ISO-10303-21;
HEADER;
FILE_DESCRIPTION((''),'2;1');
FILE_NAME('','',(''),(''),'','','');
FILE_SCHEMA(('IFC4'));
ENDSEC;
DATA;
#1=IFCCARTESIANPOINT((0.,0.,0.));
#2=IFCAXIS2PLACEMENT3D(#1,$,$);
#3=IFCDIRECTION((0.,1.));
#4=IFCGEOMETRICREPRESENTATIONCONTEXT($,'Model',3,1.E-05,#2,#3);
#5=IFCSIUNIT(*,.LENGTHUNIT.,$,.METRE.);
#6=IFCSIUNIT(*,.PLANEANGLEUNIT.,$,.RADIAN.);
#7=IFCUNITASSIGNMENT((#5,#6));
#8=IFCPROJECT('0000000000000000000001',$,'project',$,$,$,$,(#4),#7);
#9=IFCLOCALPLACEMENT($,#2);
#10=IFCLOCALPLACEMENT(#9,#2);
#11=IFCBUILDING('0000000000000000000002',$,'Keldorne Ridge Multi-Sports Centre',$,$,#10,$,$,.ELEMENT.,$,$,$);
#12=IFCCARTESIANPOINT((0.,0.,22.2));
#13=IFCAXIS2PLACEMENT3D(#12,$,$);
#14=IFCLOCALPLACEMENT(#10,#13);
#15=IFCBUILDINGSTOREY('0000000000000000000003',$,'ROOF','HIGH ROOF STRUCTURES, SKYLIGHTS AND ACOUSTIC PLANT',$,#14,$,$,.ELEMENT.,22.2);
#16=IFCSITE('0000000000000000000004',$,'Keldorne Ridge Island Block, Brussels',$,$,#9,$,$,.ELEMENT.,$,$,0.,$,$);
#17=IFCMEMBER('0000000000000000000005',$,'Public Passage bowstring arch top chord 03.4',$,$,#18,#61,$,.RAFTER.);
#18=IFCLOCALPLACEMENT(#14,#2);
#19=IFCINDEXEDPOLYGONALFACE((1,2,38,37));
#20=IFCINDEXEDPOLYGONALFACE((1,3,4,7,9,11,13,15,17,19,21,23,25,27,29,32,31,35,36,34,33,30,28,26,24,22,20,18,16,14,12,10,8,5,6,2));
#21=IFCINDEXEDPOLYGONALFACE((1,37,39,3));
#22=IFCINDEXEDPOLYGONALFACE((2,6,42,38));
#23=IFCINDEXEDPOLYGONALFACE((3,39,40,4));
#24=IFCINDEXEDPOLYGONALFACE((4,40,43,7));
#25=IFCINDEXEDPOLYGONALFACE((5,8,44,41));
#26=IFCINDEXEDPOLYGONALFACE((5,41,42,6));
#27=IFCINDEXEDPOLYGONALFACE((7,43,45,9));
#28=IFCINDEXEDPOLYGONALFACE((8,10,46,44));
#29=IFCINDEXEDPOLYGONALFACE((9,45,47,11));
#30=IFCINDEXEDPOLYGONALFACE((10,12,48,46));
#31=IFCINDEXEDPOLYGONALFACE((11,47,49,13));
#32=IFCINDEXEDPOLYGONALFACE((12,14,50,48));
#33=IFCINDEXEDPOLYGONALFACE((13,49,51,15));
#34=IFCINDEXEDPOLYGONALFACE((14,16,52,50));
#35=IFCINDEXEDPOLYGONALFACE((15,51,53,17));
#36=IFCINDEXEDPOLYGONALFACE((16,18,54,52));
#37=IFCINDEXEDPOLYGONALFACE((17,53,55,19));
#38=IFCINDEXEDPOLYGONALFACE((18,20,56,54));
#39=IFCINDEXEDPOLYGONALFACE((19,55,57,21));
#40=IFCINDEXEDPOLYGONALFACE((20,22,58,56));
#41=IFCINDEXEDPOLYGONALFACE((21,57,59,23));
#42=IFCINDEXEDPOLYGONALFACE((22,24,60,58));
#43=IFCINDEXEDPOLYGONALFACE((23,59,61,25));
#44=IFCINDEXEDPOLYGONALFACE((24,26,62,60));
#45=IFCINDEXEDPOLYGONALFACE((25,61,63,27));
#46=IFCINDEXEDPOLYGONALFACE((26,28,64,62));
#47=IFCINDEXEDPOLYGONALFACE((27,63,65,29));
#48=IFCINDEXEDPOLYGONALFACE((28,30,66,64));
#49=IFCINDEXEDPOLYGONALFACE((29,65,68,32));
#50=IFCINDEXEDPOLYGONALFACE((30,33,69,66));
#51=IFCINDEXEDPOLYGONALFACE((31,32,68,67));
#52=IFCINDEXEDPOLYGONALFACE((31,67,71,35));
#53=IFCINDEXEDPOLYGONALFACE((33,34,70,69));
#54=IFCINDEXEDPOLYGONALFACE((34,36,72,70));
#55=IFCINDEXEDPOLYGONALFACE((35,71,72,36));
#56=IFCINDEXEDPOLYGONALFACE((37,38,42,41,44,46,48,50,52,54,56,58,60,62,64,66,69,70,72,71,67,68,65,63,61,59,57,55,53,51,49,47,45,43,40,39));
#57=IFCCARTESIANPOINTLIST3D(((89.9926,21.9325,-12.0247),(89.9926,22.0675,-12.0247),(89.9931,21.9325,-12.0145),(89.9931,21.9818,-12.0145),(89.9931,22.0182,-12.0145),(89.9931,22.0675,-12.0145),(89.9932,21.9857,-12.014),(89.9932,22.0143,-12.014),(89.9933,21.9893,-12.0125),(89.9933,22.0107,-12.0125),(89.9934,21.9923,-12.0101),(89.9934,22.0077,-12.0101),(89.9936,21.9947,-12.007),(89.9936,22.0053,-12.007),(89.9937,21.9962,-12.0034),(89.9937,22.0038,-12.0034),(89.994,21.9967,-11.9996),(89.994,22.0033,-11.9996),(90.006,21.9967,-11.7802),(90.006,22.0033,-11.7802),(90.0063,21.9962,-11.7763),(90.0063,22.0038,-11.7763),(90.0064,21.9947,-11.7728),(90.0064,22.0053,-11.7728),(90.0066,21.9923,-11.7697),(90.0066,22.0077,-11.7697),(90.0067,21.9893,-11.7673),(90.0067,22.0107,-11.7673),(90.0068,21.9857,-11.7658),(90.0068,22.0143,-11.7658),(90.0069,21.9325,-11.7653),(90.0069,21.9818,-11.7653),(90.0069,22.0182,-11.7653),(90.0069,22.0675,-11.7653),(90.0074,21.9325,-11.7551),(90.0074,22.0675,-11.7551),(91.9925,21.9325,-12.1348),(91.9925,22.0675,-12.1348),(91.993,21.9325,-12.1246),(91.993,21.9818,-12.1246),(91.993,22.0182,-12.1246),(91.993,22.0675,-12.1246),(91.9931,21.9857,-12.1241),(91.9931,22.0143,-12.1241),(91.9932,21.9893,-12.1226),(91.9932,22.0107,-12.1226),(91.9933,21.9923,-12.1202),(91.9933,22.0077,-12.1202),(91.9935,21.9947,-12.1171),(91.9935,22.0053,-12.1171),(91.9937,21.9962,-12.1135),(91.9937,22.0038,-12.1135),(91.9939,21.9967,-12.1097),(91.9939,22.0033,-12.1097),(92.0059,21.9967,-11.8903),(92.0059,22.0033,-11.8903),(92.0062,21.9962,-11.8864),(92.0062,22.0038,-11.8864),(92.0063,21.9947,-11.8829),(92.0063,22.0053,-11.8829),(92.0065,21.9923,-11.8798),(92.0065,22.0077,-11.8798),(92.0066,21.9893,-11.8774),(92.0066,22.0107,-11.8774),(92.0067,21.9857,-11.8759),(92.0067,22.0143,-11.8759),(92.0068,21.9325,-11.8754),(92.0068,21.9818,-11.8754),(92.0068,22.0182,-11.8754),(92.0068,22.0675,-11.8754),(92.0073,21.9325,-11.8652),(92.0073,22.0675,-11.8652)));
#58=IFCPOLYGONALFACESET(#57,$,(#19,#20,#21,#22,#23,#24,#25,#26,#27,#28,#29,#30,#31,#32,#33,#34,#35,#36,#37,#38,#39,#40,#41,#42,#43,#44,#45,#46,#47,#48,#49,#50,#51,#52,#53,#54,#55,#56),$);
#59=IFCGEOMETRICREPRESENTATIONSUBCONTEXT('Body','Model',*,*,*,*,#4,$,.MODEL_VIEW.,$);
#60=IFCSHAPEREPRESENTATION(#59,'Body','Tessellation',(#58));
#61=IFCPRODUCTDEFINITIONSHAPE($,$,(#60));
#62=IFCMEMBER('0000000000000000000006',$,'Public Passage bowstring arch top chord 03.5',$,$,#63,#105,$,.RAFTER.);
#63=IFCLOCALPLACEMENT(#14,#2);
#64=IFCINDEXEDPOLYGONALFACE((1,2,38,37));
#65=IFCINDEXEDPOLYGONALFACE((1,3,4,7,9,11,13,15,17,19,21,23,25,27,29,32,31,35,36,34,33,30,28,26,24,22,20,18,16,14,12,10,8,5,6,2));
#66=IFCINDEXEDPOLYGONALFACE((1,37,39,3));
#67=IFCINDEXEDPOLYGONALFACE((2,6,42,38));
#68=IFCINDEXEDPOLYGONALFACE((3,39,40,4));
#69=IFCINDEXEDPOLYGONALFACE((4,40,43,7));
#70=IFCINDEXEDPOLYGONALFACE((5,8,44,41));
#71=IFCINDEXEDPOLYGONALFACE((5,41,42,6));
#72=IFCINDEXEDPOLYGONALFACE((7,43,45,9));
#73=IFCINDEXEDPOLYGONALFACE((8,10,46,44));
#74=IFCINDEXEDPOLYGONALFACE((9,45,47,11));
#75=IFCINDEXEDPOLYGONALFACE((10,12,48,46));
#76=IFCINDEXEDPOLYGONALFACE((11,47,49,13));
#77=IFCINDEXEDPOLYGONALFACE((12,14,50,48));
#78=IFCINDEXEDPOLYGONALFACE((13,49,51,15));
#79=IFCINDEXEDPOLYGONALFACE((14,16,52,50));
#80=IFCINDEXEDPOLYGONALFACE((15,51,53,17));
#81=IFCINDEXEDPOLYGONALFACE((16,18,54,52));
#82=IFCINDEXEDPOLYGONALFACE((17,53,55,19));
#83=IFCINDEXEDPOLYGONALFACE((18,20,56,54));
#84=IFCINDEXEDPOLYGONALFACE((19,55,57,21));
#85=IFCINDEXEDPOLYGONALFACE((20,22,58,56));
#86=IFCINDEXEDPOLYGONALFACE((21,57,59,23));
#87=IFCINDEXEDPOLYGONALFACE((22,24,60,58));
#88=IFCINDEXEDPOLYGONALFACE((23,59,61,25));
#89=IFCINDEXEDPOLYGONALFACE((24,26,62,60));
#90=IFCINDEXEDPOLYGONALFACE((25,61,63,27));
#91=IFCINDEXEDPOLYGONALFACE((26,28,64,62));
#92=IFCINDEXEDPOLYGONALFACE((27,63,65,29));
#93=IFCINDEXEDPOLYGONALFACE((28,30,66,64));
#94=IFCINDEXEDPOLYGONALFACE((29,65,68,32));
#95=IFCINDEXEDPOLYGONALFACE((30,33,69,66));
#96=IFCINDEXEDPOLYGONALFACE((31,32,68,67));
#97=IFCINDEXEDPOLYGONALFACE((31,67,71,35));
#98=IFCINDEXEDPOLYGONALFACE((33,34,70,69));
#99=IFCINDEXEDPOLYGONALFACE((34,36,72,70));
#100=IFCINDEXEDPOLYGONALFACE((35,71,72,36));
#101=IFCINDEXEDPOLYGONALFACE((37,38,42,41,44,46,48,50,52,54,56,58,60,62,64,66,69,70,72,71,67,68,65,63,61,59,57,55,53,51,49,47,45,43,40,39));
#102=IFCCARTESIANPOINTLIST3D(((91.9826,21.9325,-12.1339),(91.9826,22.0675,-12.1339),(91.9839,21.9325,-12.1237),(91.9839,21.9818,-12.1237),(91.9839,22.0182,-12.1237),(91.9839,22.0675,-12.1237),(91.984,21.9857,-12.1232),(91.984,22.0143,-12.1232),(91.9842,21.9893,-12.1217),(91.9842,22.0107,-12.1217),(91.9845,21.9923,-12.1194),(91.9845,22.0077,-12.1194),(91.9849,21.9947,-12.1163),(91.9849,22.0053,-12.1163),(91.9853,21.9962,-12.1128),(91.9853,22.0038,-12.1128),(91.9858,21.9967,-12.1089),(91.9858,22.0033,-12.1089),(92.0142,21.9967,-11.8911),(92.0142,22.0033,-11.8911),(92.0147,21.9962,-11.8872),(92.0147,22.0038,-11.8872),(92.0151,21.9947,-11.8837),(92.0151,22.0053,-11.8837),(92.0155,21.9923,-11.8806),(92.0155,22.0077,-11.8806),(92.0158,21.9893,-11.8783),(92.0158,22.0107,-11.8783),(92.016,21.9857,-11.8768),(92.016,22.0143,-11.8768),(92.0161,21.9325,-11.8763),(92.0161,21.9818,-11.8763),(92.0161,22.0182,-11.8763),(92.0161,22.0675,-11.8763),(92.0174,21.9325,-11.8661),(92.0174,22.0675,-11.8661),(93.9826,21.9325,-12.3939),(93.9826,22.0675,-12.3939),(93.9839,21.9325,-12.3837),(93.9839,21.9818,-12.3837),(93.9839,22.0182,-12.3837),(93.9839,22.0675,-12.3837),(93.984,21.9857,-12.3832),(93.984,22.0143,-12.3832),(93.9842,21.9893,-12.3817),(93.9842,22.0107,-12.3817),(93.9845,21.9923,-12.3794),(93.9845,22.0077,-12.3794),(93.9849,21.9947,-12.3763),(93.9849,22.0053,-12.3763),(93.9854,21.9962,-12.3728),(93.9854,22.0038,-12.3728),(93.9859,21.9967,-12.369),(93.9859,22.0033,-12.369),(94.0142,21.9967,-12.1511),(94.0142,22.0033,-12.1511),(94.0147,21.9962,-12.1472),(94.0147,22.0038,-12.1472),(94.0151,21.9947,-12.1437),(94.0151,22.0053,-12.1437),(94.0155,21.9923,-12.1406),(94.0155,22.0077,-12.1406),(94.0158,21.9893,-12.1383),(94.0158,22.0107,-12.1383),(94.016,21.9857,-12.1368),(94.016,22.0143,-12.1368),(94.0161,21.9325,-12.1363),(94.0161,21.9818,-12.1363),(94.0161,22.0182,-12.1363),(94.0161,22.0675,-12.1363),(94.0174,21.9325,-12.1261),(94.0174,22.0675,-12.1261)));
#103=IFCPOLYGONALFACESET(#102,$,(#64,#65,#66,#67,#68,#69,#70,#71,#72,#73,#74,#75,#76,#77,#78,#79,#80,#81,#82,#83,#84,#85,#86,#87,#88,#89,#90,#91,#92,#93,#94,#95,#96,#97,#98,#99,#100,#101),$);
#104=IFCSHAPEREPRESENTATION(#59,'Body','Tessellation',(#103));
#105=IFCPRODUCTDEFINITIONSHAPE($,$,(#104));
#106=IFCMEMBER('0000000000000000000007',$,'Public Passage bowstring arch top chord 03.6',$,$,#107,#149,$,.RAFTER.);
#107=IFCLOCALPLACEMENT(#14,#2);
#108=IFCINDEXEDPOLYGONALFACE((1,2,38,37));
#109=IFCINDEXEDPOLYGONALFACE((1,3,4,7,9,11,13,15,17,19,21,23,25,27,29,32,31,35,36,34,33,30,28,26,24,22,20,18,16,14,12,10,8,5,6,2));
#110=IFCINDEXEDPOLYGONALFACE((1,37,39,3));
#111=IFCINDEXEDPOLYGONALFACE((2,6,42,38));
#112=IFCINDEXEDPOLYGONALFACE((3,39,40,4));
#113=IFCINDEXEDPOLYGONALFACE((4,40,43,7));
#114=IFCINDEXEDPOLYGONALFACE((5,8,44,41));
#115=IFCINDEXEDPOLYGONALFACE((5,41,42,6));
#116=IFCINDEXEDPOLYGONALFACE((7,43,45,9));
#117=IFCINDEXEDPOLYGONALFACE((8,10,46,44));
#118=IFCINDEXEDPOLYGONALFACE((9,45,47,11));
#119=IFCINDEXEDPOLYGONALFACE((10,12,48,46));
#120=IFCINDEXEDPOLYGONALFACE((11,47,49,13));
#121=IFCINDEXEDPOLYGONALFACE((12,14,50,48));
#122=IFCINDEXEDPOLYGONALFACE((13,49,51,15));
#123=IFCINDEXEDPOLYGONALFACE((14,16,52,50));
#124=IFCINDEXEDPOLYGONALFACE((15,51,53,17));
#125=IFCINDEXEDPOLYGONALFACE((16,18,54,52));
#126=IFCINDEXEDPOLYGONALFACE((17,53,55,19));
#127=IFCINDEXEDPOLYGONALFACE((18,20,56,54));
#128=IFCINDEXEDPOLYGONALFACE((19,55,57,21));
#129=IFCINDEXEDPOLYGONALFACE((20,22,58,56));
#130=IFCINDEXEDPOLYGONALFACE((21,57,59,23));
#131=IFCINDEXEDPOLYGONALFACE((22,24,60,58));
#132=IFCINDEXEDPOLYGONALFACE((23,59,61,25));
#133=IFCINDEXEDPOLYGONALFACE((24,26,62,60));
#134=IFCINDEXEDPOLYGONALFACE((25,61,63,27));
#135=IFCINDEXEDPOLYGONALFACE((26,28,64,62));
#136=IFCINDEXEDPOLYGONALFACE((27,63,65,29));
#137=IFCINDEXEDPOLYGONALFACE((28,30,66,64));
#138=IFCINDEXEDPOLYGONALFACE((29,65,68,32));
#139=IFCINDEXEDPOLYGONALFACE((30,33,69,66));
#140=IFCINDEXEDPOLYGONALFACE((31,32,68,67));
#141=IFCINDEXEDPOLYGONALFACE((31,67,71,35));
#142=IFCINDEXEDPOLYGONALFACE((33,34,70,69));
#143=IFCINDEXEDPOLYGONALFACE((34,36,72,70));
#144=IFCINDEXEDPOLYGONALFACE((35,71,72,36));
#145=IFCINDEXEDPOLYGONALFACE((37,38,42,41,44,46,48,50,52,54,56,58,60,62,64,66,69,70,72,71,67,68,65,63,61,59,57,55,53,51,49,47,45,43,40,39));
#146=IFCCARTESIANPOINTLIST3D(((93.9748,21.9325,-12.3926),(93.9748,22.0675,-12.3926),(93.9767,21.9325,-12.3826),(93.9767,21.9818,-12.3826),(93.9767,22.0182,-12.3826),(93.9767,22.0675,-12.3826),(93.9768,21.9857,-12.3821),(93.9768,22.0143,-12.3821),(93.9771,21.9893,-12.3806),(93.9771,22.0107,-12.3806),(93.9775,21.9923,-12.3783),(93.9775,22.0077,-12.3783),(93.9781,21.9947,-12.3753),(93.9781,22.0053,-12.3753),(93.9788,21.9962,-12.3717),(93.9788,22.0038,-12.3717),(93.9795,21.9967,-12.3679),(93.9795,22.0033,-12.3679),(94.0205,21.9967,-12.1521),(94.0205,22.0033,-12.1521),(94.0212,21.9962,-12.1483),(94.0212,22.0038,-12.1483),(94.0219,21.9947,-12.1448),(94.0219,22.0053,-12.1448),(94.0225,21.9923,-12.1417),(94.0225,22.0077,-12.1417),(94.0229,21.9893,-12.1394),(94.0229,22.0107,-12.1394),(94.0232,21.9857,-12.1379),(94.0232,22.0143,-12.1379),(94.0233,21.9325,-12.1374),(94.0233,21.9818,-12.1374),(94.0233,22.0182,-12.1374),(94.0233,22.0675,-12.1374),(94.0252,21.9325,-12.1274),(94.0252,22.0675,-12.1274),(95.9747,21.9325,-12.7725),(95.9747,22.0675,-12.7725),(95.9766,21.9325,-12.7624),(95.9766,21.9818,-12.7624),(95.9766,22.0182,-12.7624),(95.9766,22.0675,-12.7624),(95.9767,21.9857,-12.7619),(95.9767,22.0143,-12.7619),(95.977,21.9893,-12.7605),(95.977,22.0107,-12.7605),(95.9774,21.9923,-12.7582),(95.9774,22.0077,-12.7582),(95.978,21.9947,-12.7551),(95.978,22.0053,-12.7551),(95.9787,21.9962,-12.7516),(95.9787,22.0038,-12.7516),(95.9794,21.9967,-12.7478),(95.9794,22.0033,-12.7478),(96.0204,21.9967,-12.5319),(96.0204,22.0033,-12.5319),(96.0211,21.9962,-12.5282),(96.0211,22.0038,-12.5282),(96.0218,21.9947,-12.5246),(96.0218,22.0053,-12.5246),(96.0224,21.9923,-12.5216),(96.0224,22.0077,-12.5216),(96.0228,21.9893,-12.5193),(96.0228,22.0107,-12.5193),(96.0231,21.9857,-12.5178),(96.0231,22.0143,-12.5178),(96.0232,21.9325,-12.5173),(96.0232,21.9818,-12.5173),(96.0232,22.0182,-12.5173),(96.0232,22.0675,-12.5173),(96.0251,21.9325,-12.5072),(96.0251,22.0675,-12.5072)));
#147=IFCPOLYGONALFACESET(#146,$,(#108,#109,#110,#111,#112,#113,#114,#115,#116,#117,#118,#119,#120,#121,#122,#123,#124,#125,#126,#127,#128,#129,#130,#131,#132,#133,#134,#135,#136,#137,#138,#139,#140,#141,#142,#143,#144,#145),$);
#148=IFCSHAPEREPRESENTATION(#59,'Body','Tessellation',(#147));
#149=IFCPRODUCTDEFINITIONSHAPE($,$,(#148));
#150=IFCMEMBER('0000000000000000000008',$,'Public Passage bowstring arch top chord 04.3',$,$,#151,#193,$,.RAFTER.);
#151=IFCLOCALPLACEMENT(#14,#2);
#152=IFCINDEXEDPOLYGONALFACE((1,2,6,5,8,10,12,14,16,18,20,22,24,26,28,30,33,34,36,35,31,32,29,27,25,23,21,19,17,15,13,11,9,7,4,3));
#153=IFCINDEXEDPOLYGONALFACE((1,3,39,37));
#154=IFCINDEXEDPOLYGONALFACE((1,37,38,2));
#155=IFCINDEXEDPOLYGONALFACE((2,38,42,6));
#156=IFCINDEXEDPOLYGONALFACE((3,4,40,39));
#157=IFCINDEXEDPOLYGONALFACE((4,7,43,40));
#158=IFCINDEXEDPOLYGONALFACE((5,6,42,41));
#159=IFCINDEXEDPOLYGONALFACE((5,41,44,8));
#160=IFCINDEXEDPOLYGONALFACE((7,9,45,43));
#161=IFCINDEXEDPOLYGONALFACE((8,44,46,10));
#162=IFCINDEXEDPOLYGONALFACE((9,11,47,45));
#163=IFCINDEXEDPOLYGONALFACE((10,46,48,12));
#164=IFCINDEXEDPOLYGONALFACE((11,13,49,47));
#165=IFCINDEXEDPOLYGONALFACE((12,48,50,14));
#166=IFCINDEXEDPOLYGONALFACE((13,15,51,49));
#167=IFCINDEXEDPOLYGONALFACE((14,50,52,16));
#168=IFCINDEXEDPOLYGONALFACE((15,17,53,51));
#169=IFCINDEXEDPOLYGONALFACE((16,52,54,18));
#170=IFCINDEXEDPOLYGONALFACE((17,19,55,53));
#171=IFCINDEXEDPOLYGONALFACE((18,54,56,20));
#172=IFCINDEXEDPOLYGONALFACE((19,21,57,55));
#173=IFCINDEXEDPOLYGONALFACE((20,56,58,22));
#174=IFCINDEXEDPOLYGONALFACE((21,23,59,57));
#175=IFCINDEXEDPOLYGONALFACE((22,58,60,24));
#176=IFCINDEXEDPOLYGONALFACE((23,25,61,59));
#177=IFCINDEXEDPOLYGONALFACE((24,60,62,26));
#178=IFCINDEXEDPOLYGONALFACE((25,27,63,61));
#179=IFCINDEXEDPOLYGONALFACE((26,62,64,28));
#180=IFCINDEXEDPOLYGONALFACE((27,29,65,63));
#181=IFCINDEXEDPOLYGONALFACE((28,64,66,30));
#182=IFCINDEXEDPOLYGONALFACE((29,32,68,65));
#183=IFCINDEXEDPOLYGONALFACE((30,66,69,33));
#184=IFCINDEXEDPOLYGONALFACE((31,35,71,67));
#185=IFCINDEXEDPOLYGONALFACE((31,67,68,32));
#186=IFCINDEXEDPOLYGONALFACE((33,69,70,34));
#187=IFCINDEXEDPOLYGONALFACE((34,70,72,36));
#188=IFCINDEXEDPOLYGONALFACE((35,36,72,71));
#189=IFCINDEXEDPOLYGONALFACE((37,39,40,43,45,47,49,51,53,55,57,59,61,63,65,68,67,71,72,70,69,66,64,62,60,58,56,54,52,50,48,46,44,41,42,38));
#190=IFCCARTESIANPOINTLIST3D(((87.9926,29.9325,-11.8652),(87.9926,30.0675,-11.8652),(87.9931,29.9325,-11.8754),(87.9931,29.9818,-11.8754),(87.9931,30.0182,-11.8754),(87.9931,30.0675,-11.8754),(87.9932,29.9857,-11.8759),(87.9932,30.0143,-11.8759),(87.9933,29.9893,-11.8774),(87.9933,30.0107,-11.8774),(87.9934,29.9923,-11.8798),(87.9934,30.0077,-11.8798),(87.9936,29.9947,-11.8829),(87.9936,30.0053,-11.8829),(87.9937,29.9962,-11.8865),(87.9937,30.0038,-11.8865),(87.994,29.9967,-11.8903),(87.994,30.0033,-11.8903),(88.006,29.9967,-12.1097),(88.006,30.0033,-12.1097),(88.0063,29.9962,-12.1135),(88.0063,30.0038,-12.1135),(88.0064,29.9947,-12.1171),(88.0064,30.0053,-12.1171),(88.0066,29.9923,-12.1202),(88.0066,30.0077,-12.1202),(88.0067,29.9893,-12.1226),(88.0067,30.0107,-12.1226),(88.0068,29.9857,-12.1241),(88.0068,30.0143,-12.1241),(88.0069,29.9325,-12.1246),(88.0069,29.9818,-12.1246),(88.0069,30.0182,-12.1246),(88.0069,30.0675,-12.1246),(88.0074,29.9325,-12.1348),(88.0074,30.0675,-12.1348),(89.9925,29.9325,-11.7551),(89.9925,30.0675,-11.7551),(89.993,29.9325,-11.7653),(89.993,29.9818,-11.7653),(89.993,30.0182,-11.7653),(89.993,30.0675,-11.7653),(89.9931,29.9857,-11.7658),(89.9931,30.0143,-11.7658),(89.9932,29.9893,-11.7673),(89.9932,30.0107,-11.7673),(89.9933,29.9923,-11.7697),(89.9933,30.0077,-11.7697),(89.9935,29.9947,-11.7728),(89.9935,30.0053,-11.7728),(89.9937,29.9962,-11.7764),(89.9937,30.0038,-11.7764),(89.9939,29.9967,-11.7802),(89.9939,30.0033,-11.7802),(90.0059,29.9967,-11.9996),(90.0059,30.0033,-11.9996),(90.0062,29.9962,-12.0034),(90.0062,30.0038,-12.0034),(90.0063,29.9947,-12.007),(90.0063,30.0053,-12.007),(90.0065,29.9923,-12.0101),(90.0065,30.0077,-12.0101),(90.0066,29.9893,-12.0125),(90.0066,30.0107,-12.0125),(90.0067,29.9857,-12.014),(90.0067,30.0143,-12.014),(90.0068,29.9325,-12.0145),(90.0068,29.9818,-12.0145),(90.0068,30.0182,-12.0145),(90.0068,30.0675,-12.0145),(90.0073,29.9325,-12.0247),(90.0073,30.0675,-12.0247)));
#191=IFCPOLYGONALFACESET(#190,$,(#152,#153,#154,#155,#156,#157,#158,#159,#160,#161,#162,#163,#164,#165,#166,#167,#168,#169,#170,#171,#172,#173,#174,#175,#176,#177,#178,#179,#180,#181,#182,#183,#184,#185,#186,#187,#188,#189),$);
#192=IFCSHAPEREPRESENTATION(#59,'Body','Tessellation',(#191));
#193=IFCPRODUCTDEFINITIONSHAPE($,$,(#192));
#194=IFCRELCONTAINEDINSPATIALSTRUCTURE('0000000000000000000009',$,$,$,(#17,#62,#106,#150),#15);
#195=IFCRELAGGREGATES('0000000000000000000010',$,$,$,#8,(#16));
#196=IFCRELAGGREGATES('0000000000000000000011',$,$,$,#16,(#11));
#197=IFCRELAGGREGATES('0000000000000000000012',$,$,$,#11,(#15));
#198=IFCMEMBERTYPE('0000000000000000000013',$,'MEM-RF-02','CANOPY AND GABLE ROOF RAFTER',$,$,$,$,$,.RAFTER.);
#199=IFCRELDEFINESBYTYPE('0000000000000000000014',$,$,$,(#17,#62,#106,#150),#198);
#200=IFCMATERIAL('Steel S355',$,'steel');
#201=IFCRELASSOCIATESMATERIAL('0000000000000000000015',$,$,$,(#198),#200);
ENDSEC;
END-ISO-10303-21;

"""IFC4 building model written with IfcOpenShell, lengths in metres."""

from ifc_helpers import new_model, si_unit, direction, frame, origin, origin_2d, place, context, subcontext, project, spatial, i_section, extrude, material, material_profile, profile_set, type_object, element, save


model = new_model("IFC4")

# Units and contexts
model_context = context("Model", 3, precision=1e-05, world=origin(), true_north=direction((0.0, 1.0)))
body_context = subcontext(model_context, "Body", "Model", "MODEL_VIEW")
ifc_project = project(units=[si_unit("LENGTHUNIT", "METRE"), si_unit("PLANEANGLEUNIT", "RADIAN")], contexts=[model_context])

# Site, building, storey
site_placement = place(None, origin())
site = spatial("IfcSite", under=ifc_project, at=site_placement, Name="Keldorne Ridge Island Block, Brussels", CompositionType="ELEMENT", RefElevation=0.0)
building_placement = place(site_placement, origin())
building = spatial("IfcBuilding", under=site, at=building_placement, Name="Keldorne Ridge Multi-Sports Centre", CompositionType="ELEMENT")
storey_placement = place(building_placement, frame((0.0, 0.0, 22.2)))
storey = spatial("IfcBuildingStorey", under=building, at=storey_placement, Name="ROOF", Description="HIGH ROOF STRUCTURES, SKYLIGHTS AND ACOUSTIC PLANT", CompositionType="ELEMENT", Elevation=22.2)

# Members
ifc_material = material(Name="Steel S355", Category="steel")
ifc_material_profile_1 = material_profile(ifc_material, i_section(OverallWidth=0.135, OverallDepth=0.27, WebThickness=0.0066, FlangeThickness=0.0103, FilletRadius=0.0149, at=origin_2d()), Name="IPE 270")
ifc_profile_set_1 = profile_set([ifc_material_profile_1], Name="Steel S355")
member_type_1 = type_object("IfcMemberType", Name="MEM-RF-02", Description="CANOPY AND GABLE ROOF RAFTER", PredefinedType="RAFTER", material=ifc_profile_set_1)
member_1_placement = place(storey_placement, frame((90.0, 22.0, -11.8899), z_axis=(0.998488, 0.0, -0.05497), x_axis=(0.0, 1.0, 0.0)))
element("IfcMember", 1, at=member_1_placement, inside=storey, type_object=member_type_1, Name="Public Passage bowstring arch top chord 03.4", PredefinedType="RAFTER", context=body_context, shape_type="SweptSolid", body=[
    extrude(i_section(OverallWidth=0.135, OverallDepth=0.27, WebThickness=0.0066, FlangeThickness=0.0103, FilletRadius=0.0149, at=origin_2d()), origin(), (0.0, 0.0, 1.0), 2.0029),
])
member_2_placement = place(storey_placement, frame((92.0, 22.0, -12.0), z_axis=(0.991655, 0.0, -0.12892), x_axis=(0.0, 1.0, 0.0)))
element("IfcMember", 2, at=member_2_placement, inside=storey, type_object=member_type_1, Name="Public Passage bowstring arch top chord 03.5", PredefinedType="RAFTER", context=body_context, shape_type="SweptSolid", body=[
    extrude(i_section(OverallWidth=0.135, OverallDepth=0.27, WebThickness=0.0066, FlangeThickness=0.0103, FilletRadius=0.0149, at=origin_2d()), origin(), (0.0, 0.0, 1.0), 2.0168),
])
member_3_placement = place(storey_placement, frame((94.0, 22.0, -12.26), z_axis=(0.982435, 0.0, -0.186605), x_axis=(0.0, 1.0, 0.0)))
element("IfcMember", 3, at=member_3_placement, inside=storey, type_object=member_type_1, Name="Public Passage bowstring arch top chord 03.6", PredefinedType="RAFTER", context=body_context, shape_type="SweptSolid", body=[
    extrude(i_section(OverallWidth=0.135, OverallDepth=0.27, WebThickness=0.0066, FlangeThickness=0.0103, FilletRadius=0.0149, at=origin_2d()), origin(), (0.0, 0.0, 1.0), 2.0356),
])
for number, where, z_axis, x_axis, name in (
    (4, (88.0, 30.0, -12.0), (0.998488, 0.0, 0.05497), (0.0, 1.0, 0.0), "Public Passage bowstring arch top chord 04.3"),
):
    element("IfcMember", number, at=place(storey_placement, frame(where, z_axis=z_axis, x_axis=x_axis)), inside=storey, type_object=member_type_1, Name=name, PredefinedType="RAFTER", context=body_context, shape_type="SweptSolid", body=[
        extrude(i_section(OverallWidth=0.135, OverallDepth=0.27, WebThickness=0.0066, FlangeThickness=0.0103, FilletRadius=0.0149, at=origin_2d()), origin(), (0.0, 0.0, 1.0), 2.0029),
    ])

save(model, "model.ifc")
